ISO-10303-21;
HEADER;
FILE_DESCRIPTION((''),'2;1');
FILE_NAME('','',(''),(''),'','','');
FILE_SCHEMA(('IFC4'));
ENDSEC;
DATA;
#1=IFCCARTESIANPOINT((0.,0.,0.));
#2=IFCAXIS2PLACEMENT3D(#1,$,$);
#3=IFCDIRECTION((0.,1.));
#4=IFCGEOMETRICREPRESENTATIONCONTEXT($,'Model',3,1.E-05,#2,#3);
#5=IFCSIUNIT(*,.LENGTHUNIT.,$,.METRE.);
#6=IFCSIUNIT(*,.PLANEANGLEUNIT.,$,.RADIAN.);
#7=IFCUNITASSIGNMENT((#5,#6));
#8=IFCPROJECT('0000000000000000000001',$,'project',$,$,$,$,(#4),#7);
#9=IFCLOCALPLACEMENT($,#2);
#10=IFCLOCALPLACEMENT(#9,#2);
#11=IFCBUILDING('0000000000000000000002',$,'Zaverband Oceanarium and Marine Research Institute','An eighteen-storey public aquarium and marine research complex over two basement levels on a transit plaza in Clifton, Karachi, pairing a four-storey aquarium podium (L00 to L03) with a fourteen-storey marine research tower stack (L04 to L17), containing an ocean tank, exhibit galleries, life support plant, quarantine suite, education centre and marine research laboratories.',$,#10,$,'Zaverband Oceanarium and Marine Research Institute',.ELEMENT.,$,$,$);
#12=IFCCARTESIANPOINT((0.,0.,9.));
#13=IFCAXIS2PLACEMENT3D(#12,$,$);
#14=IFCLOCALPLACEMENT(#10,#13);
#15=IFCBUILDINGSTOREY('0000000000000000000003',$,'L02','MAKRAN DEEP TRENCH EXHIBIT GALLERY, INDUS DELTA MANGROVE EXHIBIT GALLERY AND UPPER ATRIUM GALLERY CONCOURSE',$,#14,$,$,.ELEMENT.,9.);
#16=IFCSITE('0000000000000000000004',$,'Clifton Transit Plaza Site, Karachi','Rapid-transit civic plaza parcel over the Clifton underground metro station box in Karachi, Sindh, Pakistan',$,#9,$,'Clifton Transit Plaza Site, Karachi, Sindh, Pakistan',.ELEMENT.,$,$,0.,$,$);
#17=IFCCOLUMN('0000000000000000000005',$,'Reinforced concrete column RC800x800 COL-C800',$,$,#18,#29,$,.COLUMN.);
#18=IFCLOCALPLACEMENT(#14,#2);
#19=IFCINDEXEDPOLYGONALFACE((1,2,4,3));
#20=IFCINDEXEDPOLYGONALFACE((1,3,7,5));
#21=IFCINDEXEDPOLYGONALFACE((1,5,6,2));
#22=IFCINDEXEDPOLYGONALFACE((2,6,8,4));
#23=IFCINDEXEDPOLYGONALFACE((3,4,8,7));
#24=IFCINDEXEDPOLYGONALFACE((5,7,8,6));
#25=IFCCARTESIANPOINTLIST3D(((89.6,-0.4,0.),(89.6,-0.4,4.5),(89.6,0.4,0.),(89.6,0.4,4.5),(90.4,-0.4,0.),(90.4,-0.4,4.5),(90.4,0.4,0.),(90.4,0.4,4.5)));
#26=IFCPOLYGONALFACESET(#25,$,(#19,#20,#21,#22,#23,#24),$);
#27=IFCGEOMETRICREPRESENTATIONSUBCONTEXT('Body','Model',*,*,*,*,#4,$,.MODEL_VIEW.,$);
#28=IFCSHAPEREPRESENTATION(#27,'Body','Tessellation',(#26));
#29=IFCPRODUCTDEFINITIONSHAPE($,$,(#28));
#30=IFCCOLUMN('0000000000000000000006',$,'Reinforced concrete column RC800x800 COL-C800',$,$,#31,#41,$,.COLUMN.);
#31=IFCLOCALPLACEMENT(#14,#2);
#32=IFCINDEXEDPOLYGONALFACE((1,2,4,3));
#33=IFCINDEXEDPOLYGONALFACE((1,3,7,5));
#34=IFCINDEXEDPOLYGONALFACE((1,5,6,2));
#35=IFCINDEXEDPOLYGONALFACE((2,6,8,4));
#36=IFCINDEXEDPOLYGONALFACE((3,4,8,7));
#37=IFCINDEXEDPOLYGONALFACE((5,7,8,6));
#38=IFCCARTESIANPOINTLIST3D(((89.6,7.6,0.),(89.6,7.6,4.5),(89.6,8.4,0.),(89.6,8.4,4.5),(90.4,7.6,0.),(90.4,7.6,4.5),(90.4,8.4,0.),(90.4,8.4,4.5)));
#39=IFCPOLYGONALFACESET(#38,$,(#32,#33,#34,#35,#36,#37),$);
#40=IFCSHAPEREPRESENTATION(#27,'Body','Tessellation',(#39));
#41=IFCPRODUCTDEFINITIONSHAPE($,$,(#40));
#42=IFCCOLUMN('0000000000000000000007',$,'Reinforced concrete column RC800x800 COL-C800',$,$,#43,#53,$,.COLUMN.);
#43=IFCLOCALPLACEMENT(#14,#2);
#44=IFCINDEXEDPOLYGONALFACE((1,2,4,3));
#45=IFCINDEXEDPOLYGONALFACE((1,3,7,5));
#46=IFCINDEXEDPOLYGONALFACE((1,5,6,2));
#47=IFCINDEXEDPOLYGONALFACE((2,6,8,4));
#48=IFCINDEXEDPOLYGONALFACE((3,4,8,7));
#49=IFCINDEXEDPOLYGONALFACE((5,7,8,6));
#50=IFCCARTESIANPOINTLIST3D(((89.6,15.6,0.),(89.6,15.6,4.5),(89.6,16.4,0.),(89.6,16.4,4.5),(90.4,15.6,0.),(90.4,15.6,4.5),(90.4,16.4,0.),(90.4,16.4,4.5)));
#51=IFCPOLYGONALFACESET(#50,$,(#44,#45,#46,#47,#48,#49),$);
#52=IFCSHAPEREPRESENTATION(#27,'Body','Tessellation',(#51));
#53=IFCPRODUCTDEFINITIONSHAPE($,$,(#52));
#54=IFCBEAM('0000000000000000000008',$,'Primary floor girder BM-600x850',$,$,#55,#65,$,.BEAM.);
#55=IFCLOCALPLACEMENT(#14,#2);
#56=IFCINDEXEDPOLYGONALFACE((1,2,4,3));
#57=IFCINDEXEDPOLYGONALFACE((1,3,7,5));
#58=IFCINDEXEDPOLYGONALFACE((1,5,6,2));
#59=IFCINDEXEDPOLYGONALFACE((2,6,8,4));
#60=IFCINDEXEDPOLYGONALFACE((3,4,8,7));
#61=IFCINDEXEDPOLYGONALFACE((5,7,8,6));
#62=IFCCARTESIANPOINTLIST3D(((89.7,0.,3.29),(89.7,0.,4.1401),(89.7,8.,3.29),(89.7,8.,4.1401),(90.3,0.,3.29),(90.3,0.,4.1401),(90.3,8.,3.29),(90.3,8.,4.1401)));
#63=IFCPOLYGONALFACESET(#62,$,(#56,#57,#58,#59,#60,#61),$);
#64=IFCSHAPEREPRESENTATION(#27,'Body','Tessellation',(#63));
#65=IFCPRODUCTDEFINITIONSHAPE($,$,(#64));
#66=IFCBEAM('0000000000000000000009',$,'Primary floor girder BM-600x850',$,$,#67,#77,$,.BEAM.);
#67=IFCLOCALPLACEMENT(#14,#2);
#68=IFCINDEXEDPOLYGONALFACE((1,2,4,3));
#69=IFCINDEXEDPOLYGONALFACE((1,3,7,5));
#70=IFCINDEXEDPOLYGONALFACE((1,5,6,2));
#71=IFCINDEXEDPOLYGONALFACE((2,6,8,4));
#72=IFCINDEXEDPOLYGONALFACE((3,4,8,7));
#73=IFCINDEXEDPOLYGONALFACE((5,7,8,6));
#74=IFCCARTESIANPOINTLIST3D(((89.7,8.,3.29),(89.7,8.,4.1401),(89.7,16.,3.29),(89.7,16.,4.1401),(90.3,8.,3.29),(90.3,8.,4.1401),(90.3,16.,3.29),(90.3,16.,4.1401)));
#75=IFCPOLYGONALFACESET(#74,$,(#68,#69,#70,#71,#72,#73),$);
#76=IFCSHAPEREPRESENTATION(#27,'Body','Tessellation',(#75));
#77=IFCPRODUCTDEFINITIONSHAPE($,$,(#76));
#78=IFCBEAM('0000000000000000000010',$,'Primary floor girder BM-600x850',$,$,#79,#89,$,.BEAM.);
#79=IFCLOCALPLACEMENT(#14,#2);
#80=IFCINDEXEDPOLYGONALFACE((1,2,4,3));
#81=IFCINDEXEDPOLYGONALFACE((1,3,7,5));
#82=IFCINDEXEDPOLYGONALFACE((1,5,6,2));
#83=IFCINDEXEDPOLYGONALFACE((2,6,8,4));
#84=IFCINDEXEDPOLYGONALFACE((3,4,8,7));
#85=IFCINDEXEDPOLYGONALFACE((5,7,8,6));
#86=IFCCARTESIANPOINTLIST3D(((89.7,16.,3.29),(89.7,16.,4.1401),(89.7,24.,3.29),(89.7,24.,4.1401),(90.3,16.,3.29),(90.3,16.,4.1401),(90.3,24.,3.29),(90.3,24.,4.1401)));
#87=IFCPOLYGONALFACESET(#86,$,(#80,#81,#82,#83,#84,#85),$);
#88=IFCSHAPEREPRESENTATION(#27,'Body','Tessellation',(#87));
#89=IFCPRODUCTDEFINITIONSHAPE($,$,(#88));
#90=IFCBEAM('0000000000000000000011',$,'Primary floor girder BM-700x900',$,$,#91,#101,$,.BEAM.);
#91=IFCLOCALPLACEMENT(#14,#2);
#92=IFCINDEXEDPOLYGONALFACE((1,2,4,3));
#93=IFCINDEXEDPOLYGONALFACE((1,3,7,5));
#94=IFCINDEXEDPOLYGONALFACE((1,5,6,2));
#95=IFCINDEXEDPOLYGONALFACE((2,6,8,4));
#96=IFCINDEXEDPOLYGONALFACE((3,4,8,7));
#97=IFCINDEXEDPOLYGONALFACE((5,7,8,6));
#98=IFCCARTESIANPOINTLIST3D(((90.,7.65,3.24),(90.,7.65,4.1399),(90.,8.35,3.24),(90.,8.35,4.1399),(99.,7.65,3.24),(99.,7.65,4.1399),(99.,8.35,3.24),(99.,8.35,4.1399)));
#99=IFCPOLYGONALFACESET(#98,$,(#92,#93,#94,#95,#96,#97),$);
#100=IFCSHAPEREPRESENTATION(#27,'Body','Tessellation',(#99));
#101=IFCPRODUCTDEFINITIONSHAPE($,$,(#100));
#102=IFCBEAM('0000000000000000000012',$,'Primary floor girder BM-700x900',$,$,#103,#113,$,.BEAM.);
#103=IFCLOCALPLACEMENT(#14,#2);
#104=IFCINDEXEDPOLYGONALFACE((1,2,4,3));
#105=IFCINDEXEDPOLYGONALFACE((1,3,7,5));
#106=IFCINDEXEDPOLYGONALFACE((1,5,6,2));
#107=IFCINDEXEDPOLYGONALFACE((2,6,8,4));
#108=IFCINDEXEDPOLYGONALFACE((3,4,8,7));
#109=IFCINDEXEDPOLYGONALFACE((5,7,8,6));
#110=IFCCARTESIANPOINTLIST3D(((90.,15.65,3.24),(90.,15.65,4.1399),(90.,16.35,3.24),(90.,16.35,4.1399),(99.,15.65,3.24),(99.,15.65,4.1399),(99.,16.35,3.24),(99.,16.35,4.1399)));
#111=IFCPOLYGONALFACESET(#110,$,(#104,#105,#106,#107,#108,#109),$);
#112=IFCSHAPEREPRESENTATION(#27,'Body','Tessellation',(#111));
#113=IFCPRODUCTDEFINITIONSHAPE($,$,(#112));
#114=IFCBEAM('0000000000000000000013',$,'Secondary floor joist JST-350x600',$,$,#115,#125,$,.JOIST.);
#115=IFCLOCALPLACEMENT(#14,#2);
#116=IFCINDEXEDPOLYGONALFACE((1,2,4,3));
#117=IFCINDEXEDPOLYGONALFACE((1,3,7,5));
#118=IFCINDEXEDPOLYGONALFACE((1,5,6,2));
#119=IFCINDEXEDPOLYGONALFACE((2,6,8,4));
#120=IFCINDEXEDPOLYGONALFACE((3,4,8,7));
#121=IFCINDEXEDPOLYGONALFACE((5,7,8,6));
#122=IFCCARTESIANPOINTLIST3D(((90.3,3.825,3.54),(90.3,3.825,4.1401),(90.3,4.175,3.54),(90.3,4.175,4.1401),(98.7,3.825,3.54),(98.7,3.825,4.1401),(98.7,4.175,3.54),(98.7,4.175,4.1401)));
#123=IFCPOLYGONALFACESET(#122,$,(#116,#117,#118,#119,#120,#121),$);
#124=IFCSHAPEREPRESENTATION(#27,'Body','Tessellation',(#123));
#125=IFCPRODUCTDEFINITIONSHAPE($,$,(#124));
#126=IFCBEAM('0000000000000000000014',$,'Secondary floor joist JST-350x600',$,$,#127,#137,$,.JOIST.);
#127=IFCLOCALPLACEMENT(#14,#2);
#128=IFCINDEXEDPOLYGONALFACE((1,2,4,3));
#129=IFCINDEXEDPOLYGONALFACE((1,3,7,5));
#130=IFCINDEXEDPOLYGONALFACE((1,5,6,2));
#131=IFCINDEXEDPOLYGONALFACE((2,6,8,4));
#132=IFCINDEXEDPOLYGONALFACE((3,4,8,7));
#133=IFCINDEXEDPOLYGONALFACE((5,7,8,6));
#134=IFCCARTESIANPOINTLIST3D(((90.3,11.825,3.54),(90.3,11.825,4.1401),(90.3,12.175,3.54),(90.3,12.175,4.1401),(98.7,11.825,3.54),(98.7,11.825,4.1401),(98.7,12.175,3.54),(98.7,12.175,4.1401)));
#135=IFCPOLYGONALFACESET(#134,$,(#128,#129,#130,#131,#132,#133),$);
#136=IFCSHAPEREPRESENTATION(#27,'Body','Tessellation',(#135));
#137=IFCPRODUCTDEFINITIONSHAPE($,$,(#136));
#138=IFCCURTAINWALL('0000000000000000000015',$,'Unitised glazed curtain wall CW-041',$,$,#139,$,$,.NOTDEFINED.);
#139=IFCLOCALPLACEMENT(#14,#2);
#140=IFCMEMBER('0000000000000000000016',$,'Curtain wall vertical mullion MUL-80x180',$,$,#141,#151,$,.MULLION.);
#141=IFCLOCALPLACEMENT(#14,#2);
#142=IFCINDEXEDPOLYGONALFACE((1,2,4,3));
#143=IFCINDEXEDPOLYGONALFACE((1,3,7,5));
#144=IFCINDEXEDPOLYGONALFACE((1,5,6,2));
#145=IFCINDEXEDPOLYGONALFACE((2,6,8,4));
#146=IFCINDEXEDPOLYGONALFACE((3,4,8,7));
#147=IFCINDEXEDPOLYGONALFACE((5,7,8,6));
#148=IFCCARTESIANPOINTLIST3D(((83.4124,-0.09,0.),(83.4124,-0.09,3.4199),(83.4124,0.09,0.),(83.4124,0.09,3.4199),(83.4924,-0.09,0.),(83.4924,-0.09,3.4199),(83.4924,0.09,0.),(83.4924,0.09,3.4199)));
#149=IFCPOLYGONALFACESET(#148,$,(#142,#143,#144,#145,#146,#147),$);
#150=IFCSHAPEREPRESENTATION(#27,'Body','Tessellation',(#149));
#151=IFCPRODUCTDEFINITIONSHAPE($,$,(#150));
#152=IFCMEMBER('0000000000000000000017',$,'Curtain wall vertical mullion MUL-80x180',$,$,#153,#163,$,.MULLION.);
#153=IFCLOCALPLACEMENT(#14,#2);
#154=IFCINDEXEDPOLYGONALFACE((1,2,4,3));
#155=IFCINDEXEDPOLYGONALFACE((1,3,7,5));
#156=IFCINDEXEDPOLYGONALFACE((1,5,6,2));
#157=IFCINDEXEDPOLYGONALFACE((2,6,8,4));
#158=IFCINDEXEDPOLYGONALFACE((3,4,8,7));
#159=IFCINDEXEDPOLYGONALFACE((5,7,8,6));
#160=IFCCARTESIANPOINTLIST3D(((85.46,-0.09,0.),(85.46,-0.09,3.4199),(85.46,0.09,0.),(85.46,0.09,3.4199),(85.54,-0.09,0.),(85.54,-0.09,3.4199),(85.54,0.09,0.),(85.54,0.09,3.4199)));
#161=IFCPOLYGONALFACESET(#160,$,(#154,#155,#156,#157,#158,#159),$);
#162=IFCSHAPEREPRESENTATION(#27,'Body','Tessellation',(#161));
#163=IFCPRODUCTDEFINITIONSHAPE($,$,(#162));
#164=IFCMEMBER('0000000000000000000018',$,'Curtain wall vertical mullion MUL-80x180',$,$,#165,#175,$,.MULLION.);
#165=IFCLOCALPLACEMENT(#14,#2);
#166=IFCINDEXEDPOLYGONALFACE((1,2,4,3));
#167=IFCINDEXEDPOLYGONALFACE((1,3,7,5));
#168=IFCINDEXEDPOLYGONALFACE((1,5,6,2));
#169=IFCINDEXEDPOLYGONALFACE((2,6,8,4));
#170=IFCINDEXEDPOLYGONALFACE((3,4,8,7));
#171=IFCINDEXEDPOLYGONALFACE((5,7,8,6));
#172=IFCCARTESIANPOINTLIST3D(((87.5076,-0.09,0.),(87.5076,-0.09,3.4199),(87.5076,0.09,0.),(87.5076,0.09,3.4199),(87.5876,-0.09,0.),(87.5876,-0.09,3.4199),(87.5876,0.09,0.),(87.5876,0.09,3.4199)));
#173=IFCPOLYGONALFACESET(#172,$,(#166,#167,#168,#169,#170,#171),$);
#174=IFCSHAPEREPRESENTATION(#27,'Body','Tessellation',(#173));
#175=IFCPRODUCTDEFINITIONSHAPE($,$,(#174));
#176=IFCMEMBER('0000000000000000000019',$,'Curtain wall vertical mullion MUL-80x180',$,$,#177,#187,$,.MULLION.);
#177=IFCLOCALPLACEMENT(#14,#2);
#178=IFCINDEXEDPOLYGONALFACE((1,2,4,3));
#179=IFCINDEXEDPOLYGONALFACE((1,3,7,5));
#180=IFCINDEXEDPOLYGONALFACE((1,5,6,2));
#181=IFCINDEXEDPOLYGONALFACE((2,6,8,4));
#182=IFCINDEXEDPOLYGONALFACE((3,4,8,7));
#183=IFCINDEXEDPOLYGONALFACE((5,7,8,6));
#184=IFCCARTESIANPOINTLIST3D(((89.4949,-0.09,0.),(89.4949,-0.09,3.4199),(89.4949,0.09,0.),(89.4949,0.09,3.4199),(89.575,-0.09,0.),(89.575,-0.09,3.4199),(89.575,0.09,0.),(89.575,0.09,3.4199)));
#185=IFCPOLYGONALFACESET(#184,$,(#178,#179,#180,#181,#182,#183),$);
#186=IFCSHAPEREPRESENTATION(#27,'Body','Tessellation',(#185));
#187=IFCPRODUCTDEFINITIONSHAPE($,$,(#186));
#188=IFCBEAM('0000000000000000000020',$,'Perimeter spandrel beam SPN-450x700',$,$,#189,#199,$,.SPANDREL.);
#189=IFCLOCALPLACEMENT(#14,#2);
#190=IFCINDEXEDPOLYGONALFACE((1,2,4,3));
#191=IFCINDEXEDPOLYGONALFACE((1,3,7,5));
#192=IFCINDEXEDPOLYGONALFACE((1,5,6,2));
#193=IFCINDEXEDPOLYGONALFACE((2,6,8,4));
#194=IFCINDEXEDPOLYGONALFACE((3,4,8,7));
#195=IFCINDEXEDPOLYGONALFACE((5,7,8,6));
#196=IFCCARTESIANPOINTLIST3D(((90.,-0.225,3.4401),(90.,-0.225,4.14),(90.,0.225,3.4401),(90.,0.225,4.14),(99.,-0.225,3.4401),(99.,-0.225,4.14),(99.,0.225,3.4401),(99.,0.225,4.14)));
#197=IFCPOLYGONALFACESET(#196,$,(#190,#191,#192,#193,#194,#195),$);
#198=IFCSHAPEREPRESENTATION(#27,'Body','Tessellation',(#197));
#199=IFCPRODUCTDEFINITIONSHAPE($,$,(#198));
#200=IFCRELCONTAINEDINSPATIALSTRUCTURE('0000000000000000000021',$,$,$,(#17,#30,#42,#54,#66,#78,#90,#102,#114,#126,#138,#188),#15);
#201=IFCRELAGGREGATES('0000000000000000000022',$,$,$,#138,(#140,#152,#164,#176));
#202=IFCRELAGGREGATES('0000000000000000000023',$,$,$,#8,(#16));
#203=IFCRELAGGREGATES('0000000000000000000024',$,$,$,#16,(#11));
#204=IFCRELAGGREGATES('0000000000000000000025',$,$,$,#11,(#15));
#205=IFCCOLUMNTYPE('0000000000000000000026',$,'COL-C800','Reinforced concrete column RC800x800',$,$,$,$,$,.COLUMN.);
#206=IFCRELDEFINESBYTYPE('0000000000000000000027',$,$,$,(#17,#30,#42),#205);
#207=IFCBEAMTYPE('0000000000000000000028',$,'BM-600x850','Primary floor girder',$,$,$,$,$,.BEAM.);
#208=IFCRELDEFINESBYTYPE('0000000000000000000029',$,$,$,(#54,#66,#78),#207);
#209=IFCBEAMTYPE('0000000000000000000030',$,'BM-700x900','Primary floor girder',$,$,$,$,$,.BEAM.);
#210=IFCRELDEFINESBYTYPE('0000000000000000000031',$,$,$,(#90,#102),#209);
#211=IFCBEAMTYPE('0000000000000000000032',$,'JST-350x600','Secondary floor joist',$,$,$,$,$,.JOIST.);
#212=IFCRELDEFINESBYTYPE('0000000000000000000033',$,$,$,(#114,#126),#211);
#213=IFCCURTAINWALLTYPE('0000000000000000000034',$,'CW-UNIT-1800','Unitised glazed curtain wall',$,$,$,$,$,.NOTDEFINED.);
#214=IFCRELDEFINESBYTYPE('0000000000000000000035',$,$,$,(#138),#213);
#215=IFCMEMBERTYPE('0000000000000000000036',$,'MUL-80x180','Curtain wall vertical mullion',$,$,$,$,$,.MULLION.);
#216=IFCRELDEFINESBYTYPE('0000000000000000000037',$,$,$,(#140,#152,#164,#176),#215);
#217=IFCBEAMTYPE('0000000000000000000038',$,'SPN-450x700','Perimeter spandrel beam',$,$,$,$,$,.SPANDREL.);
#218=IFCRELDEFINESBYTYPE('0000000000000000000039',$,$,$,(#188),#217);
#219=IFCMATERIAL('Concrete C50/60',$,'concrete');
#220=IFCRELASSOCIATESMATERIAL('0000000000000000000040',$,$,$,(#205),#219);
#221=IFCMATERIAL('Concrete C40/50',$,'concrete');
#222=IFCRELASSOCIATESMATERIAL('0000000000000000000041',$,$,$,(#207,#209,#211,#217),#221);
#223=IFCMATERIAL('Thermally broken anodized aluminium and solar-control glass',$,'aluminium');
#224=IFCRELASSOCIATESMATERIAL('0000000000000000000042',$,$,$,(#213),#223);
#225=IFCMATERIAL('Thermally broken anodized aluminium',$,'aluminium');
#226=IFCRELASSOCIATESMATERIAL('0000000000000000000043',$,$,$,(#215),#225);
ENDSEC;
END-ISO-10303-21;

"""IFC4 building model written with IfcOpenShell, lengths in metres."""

from ifc_helpers import new_model, si_unit, direction, frame, origin, origin_2d, place, context, subcontext, project, spatial, rectangle, extrude, material, material_profile, profile_set, type_object, element, aggregate, save


model = new_model("IFC4")

# Units and contexts
model_context = context("Model", 3, precision=1e-05, world=origin(), true_north=direction((0.0, 1.0)))
body_context = subcontext(model_context, "Body", "Model", "MODEL_VIEW")
ifc_project = project(units=[si_unit("LENGTHUNIT", "METRE"), si_unit("PLANEANGLEUNIT", "RADIAN")], contexts=[model_context])

# Site, building, storey
site_placement = place(None, origin())
site = spatial("IfcSite", under=ifc_project, at=site_placement, Name="Clifton Transit Plaza Site, Karachi", Description="Rapid-transit civic plaza parcel over the Clifton underground metro station box in Karachi, Sindh, Pakistan", LongName="Clifton Transit Plaza Site, Karachi, Sindh, Pakistan", CompositionType="ELEMENT", RefElevation=0.0)
building_placement = place(site_placement, origin())
building = spatial("IfcBuilding", under=site, at=building_placement, Name="Zaverband Oceanarium and Marine Research Institute", Description="An eighteen-storey public aquarium and marine research complex over two basement levels on a transit plaza in Clifton, Karachi, pairing a four-storey aquarium podium (L00 to L03) with a fourteen-storey marine research tower stack (L04 to L17), containing an ocean tank, exhibit galleries, life support plant, quarantine suite, education centre and marine research laboratories.", LongName="Zaverband Oceanarium and Marine Research Institute", CompositionType="ELEMENT")
storey_placement = place(building_placement, frame((0.0, 0.0, 9.0)))
storey = spatial("IfcBuildingStorey", under=building, at=storey_placement, Name="L02", Description="MAKRAN DEEP TRENCH EXHIBIT GALLERY, INDUS DELTA MANGROVE EXHIBIT GALLERY AND UPPER ATRIUM GALLERY CONCOURSE", CompositionType="ELEMENT", Elevation=9.0)

# Columns
ifc_material_1 = material(Name="Concrete C50/60", Category="concrete")
ifc_material_profile_1 = material_profile(ifc_material_1, rectangle(XDim=0.8, YDim=0.8, at=origin_2d()), Name="RC800x800")
ifc_profile_set_1 = profile_set([ifc_material_profile_1], Name="Concrete C50/60")
column_type = type_object("IfcColumnType", Name="COL-C800", Description="Reinforced concrete column RC800x800", PredefinedType="COLUMN", material=ifc_profile_set_1)
for number, where, z_axis, x_axis, name in (
    (1, (90.0, 0.0, 0.0), (0.0, 0.0, 1.0), (1.0, 0.0, 0.0), "Reinforced concrete column RC800x800 COL-C800"),
    (2, (90.0, 8.0, 0.0), (0.0, 0.0, 1.0), (1.0, 0.0, 0.0), "Reinforced concrete column RC800x800 COL-C800"),
    (3, (90.0, 16.0, 0.0), (0.0, 0.0, 1.0), (1.0, 0.0, 0.0), "Reinforced concrete column RC800x800 COL-C800"),
):
    element("IfcColumn", number, at=place(storey_placement, frame(where, z_axis=z_axis, x_axis=x_axis)), inside=storey, type_object=column_type, Name=name, PredefinedType="COLUMN", context=body_context, shape_type="SweptSolid", body=[
        extrude(rectangle(XDim=0.8, YDim=0.8, at=origin_2d()), origin(), (0.0, 0.0, 1.0), 4.5),
    ])

# Beams
ifc_material_2 = material(Name="Concrete C40/50", Category="concrete")
ifc_material_profile_2 = material_profile(ifc_material_2, rectangle(XDim=0.6001, YDim=0.8501, at=origin_2d()), Name="RC600x850")
ifc_profile_set_2 = profile_set([ifc_material_profile_2], Name="Concrete C40/50")
beam_type_1 = type_object("IfcBeamType", Name="BM-600x850", Description="Primary floor girder", PredefinedType="BEAM", material=ifc_profile_set_2)
for number, where, z_axis, x_axis, name in (
    (4, (90.0, 0.0, 3.7151), (0.0, 1.0, 0.0), (-1.0, 0.0, 0.0), "Primary floor girder BM-600x850"),
    (5, (90.0, 8.0, 3.7151), (0.0, 1.0, 0.0), (-1.0, 0.0, 0.0), "Primary floor girder BM-600x850"),
    (6, (90.0, 16.0, 3.7151), (0.0, 1.0, 0.0), (-1.0, 0.0, 0.0), "Primary floor girder BM-600x850"),
):
    element("IfcBeam", number, at=place(storey_placement, frame(where, z_axis=z_axis, x_axis=x_axis)), inside=storey, type_object=beam_type_1, Name=name, PredefinedType="BEAM", context=body_context, shape_type="SweptSolid", body=[
        extrude(rectangle(XDim=0.6001, YDim=0.8501, at=origin_2d()), origin(), (0.0, 0.0, 1.0), 8.0),
    ])
ifc_material_profile_3 = material_profile(ifc_material_2, rectangle(XDim=0.7, YDim=0.8999, at=origin_2d()), Name="RC700x900")
ifc_profile_set_3 = profile_set([ifc_material_profile_3], Name="Concrete C40/50")
beam_type_2 = type_object("IfcBeamType", Name="BM-700x900", Description="Primary floor girder", PredefinedType="BEAM", material=ifc_profile_set_3)
for number, where, z_axis, x_axis, name in (
    (7, (90.0, 8.0, 3.6899), (1.0, 0.0, 0.0), (0.0, 1.0, 0.0), "Primary floor girder BM-700x900"),
    (8, (90.0, 16.0, 3.6899), (1.0, 0.0, 0.0), (0.0, 1.0, 0.0), "Primary floor girder BM-700x900"),
):
    element("IfcBeam", number, at=place(storey_placement, frame(where, z_axis=z_axis, x_axis=x_axis)), inside=storey, type_object=beam_type_2, Name=name, PredefinedType="BEAM", context=body_context, shape_type="SweptSolid", body=[
        extrude(rectangle(XDim=0.7, YDim=0.8999, at=origin_2d()), origin(), (0.0, 0.0, 1.0), 9.0),
    ])
ifc_material_profile_4 = material_profile(ifc_material_2, rectangle(XDim=0.3501, YDim=0.6001, at=origin_2d()), Name="RC350x600")
ifc_profile_set_4 = profile_set([ifc_material_profile_4], Name="Concrete C40/50")
beam_type_3 = type_object("IfcBeamType", Name="JST-350x600", Description="Secondary floor joist", PredefinedType="JOIST", material=ifc_profile_set_4)
for number, where, z_axis, x_axis, name in (
    (9, (90.3, 4.0, 3.8401), (1.0, 0.0, 0.0), (0.0, 1.0, 0.0), "Secondary floor joist JST-350x600"),
    (10, (90.3, 12.0, 3.8401), (1.0, 0.0, 0.0), (0.0, 1.0, 0.0), "Secondary floor joist JST-350x600"),
):
    element("IfcBeam", number, at=place(storey_placement, frame(where, z_axis=z_axis, x_axis=x_axis)), inside=storey, type_object=beam_type_3, Name=name, PredefinedType="JOIST", context=body_context, shape_type="SweptSolid", body=[
        extrude(rectangle(XDim=0.3501, YDim=0.6001, at=origin_2d()), origin(), (0.0, 0.0, 1.0), 8.3999),
    ])

# Curtain wall, members
ifc_material_3 = material(Name="Thermally broken anodized aluminium and solar-control glass", Category="aluminium")
curtain_wall_type = type_object("IfcCurtainWallType", Name="CW-UNIT-1800", Description="Unitised glazed curtain wall", PredefinedType="NOTDEFINED", material=ifc_material_3)
curtain_wall_placement = place(storey_placement, origin())
curtain_wall = element("IfcCurtainWall", 11, at=curtain_wall_placement, inside=storey, type_object=curtain_wall_type, Name="Unitised glazed curtain wall CW-041", PredefinedType="NOTDEFINED")
ifc_material_4 = material(Name="Thermally broken anodized aluminium", Category="aluminium")
ifc_material_profile_5 = material_profile(ifc_material_4, rectangle(XDim=0.0801, YDim=0.1799, at=origin_2d()), Name="AL-MUL-80x180")
ifc_profile_set_5 = profile_set([ifc_material_profile_5], Name="Thermally broken anodized aluminium")
member_type = type_object("IfcMemberType", Name="MUL-80x180", Description="Curtain wall vertical mullion", PredefinedType="MULLION", material=ifc_profile_set_5)
member_1_placement = place(storey_placement, frame((83.4524, 0.0, 0.0), z_axis=(0.0, 0.0, 1.0), x_axis=(1.0, 0.0, 0.0)))
member_1 = element("IfcMember", 12, at=member_1_placement, type_object=member_type, Name="Curtain wall vertical mullion MUL-80x180", PredefinedType="MULLION", context=body_context, shape_type="SweptSolid", body=[
    extrude(rectangle(XDim=0.0801, YDim=0.1799, at=origin_2d()), origin(), (0.0, 0.0, 1.0), 3.4199),
])
member_2_placement = place(storey_placement, frame((85.5, 0.0, 0.0), z_axis=(0.0, 0.0, 1.0), x_axis=(1.0, 0.0, 0.0)))
member_2 = element("IfcMember", 13, at=member_2_placement, type_object=member_type, Name="Curtain wall vertical mullion MUL-80x180", PredefinedType="MULLION", context=body_context, shape_type="SweptSolid", body=[
    extrude(rectangle(XDim=0.0801, YDim=0.1799, at=origin_2d()), origin(), (0.0, 0.0, 1.0), 3.4199),
])
member_3_placement = place(storey_placement, frame((87.5476, 0.0, 0.0), z_axis=(0.0, 0.0, 1.0), x_axis=(1.0, 0.0, 0.0)))
member_3 = element("IfcMember", 14, at=member_3_placement, type_object=member_type, Name="Curtain wall vertical mullion MUL-80x180", PredefinedType="MULLION", context=body_context, shape_type="SweptSolid", body=[
    extrude(rectangle(XDim=0.0801, YDim=0.1799, at=origin_2d()), origin(), (0.0, 0.0, 1.0), 3.4199),
])
member_4_placement = place(storey_placement, frame((89.5349, 0.0, 0.0), z_axis=(0.0, 0.0, 1.0), x_axis=(1.0, 0.0, 0.0)))
member_4 = element("IfcMember", 15, at=member_4_placement, type_object=member_type, Name="Curtain wall vertical mullion MUL-80x180", PredefinedType="MULLION", context=body_context, shape_type="SweptSolid", body=[
    extrude(rectangle(XDim=0.0801, YDim=0.1799, at=origin_2d()), origin(), (0.0, 0.0, 1.0), 3.4199),
])

# Beam
ifc_material_profile_6 = material_profile(ifc_material_2, rectangle(XDim=0.45, YDim=0.7, at=origin_2d()), Name="RC450x700")
ifc_profile_set_6 = profile_set([ifc_material_profile_6], Name="Concrete C40/50")
beam_type_4 = type_object("IfcBeamType", Name="SPN-450x700", Description="Perimeter spandrel beam", PredefinedType="SPANDREL", material=ifc_profile_set_6)
beam_placement = place(storey_placement, frame((90.0, 0.0, 3.79), z_axis=(1.0, 0.0, 0.0), x_axis=(0.0, 1.0, 0.0)))
element("IfcBeam", 16, at=beam_placement, inside=storey, type_object=beam_type_4, Name="Perimeter spandrel beam SPN-450x700", PredefinedType="SPANDREL", context=body_context, shape_type="SweptSolid", body=[
    extrude(rectangle(XDim=0.45, YDim=0.7, at=origin_2d()), origin(), (0.0, 0.0, 1.0), 9.0),
])

aggregate(curtain_wall, [member_1, member_2, member_3, member_4])

save(model, "model.ifc")
